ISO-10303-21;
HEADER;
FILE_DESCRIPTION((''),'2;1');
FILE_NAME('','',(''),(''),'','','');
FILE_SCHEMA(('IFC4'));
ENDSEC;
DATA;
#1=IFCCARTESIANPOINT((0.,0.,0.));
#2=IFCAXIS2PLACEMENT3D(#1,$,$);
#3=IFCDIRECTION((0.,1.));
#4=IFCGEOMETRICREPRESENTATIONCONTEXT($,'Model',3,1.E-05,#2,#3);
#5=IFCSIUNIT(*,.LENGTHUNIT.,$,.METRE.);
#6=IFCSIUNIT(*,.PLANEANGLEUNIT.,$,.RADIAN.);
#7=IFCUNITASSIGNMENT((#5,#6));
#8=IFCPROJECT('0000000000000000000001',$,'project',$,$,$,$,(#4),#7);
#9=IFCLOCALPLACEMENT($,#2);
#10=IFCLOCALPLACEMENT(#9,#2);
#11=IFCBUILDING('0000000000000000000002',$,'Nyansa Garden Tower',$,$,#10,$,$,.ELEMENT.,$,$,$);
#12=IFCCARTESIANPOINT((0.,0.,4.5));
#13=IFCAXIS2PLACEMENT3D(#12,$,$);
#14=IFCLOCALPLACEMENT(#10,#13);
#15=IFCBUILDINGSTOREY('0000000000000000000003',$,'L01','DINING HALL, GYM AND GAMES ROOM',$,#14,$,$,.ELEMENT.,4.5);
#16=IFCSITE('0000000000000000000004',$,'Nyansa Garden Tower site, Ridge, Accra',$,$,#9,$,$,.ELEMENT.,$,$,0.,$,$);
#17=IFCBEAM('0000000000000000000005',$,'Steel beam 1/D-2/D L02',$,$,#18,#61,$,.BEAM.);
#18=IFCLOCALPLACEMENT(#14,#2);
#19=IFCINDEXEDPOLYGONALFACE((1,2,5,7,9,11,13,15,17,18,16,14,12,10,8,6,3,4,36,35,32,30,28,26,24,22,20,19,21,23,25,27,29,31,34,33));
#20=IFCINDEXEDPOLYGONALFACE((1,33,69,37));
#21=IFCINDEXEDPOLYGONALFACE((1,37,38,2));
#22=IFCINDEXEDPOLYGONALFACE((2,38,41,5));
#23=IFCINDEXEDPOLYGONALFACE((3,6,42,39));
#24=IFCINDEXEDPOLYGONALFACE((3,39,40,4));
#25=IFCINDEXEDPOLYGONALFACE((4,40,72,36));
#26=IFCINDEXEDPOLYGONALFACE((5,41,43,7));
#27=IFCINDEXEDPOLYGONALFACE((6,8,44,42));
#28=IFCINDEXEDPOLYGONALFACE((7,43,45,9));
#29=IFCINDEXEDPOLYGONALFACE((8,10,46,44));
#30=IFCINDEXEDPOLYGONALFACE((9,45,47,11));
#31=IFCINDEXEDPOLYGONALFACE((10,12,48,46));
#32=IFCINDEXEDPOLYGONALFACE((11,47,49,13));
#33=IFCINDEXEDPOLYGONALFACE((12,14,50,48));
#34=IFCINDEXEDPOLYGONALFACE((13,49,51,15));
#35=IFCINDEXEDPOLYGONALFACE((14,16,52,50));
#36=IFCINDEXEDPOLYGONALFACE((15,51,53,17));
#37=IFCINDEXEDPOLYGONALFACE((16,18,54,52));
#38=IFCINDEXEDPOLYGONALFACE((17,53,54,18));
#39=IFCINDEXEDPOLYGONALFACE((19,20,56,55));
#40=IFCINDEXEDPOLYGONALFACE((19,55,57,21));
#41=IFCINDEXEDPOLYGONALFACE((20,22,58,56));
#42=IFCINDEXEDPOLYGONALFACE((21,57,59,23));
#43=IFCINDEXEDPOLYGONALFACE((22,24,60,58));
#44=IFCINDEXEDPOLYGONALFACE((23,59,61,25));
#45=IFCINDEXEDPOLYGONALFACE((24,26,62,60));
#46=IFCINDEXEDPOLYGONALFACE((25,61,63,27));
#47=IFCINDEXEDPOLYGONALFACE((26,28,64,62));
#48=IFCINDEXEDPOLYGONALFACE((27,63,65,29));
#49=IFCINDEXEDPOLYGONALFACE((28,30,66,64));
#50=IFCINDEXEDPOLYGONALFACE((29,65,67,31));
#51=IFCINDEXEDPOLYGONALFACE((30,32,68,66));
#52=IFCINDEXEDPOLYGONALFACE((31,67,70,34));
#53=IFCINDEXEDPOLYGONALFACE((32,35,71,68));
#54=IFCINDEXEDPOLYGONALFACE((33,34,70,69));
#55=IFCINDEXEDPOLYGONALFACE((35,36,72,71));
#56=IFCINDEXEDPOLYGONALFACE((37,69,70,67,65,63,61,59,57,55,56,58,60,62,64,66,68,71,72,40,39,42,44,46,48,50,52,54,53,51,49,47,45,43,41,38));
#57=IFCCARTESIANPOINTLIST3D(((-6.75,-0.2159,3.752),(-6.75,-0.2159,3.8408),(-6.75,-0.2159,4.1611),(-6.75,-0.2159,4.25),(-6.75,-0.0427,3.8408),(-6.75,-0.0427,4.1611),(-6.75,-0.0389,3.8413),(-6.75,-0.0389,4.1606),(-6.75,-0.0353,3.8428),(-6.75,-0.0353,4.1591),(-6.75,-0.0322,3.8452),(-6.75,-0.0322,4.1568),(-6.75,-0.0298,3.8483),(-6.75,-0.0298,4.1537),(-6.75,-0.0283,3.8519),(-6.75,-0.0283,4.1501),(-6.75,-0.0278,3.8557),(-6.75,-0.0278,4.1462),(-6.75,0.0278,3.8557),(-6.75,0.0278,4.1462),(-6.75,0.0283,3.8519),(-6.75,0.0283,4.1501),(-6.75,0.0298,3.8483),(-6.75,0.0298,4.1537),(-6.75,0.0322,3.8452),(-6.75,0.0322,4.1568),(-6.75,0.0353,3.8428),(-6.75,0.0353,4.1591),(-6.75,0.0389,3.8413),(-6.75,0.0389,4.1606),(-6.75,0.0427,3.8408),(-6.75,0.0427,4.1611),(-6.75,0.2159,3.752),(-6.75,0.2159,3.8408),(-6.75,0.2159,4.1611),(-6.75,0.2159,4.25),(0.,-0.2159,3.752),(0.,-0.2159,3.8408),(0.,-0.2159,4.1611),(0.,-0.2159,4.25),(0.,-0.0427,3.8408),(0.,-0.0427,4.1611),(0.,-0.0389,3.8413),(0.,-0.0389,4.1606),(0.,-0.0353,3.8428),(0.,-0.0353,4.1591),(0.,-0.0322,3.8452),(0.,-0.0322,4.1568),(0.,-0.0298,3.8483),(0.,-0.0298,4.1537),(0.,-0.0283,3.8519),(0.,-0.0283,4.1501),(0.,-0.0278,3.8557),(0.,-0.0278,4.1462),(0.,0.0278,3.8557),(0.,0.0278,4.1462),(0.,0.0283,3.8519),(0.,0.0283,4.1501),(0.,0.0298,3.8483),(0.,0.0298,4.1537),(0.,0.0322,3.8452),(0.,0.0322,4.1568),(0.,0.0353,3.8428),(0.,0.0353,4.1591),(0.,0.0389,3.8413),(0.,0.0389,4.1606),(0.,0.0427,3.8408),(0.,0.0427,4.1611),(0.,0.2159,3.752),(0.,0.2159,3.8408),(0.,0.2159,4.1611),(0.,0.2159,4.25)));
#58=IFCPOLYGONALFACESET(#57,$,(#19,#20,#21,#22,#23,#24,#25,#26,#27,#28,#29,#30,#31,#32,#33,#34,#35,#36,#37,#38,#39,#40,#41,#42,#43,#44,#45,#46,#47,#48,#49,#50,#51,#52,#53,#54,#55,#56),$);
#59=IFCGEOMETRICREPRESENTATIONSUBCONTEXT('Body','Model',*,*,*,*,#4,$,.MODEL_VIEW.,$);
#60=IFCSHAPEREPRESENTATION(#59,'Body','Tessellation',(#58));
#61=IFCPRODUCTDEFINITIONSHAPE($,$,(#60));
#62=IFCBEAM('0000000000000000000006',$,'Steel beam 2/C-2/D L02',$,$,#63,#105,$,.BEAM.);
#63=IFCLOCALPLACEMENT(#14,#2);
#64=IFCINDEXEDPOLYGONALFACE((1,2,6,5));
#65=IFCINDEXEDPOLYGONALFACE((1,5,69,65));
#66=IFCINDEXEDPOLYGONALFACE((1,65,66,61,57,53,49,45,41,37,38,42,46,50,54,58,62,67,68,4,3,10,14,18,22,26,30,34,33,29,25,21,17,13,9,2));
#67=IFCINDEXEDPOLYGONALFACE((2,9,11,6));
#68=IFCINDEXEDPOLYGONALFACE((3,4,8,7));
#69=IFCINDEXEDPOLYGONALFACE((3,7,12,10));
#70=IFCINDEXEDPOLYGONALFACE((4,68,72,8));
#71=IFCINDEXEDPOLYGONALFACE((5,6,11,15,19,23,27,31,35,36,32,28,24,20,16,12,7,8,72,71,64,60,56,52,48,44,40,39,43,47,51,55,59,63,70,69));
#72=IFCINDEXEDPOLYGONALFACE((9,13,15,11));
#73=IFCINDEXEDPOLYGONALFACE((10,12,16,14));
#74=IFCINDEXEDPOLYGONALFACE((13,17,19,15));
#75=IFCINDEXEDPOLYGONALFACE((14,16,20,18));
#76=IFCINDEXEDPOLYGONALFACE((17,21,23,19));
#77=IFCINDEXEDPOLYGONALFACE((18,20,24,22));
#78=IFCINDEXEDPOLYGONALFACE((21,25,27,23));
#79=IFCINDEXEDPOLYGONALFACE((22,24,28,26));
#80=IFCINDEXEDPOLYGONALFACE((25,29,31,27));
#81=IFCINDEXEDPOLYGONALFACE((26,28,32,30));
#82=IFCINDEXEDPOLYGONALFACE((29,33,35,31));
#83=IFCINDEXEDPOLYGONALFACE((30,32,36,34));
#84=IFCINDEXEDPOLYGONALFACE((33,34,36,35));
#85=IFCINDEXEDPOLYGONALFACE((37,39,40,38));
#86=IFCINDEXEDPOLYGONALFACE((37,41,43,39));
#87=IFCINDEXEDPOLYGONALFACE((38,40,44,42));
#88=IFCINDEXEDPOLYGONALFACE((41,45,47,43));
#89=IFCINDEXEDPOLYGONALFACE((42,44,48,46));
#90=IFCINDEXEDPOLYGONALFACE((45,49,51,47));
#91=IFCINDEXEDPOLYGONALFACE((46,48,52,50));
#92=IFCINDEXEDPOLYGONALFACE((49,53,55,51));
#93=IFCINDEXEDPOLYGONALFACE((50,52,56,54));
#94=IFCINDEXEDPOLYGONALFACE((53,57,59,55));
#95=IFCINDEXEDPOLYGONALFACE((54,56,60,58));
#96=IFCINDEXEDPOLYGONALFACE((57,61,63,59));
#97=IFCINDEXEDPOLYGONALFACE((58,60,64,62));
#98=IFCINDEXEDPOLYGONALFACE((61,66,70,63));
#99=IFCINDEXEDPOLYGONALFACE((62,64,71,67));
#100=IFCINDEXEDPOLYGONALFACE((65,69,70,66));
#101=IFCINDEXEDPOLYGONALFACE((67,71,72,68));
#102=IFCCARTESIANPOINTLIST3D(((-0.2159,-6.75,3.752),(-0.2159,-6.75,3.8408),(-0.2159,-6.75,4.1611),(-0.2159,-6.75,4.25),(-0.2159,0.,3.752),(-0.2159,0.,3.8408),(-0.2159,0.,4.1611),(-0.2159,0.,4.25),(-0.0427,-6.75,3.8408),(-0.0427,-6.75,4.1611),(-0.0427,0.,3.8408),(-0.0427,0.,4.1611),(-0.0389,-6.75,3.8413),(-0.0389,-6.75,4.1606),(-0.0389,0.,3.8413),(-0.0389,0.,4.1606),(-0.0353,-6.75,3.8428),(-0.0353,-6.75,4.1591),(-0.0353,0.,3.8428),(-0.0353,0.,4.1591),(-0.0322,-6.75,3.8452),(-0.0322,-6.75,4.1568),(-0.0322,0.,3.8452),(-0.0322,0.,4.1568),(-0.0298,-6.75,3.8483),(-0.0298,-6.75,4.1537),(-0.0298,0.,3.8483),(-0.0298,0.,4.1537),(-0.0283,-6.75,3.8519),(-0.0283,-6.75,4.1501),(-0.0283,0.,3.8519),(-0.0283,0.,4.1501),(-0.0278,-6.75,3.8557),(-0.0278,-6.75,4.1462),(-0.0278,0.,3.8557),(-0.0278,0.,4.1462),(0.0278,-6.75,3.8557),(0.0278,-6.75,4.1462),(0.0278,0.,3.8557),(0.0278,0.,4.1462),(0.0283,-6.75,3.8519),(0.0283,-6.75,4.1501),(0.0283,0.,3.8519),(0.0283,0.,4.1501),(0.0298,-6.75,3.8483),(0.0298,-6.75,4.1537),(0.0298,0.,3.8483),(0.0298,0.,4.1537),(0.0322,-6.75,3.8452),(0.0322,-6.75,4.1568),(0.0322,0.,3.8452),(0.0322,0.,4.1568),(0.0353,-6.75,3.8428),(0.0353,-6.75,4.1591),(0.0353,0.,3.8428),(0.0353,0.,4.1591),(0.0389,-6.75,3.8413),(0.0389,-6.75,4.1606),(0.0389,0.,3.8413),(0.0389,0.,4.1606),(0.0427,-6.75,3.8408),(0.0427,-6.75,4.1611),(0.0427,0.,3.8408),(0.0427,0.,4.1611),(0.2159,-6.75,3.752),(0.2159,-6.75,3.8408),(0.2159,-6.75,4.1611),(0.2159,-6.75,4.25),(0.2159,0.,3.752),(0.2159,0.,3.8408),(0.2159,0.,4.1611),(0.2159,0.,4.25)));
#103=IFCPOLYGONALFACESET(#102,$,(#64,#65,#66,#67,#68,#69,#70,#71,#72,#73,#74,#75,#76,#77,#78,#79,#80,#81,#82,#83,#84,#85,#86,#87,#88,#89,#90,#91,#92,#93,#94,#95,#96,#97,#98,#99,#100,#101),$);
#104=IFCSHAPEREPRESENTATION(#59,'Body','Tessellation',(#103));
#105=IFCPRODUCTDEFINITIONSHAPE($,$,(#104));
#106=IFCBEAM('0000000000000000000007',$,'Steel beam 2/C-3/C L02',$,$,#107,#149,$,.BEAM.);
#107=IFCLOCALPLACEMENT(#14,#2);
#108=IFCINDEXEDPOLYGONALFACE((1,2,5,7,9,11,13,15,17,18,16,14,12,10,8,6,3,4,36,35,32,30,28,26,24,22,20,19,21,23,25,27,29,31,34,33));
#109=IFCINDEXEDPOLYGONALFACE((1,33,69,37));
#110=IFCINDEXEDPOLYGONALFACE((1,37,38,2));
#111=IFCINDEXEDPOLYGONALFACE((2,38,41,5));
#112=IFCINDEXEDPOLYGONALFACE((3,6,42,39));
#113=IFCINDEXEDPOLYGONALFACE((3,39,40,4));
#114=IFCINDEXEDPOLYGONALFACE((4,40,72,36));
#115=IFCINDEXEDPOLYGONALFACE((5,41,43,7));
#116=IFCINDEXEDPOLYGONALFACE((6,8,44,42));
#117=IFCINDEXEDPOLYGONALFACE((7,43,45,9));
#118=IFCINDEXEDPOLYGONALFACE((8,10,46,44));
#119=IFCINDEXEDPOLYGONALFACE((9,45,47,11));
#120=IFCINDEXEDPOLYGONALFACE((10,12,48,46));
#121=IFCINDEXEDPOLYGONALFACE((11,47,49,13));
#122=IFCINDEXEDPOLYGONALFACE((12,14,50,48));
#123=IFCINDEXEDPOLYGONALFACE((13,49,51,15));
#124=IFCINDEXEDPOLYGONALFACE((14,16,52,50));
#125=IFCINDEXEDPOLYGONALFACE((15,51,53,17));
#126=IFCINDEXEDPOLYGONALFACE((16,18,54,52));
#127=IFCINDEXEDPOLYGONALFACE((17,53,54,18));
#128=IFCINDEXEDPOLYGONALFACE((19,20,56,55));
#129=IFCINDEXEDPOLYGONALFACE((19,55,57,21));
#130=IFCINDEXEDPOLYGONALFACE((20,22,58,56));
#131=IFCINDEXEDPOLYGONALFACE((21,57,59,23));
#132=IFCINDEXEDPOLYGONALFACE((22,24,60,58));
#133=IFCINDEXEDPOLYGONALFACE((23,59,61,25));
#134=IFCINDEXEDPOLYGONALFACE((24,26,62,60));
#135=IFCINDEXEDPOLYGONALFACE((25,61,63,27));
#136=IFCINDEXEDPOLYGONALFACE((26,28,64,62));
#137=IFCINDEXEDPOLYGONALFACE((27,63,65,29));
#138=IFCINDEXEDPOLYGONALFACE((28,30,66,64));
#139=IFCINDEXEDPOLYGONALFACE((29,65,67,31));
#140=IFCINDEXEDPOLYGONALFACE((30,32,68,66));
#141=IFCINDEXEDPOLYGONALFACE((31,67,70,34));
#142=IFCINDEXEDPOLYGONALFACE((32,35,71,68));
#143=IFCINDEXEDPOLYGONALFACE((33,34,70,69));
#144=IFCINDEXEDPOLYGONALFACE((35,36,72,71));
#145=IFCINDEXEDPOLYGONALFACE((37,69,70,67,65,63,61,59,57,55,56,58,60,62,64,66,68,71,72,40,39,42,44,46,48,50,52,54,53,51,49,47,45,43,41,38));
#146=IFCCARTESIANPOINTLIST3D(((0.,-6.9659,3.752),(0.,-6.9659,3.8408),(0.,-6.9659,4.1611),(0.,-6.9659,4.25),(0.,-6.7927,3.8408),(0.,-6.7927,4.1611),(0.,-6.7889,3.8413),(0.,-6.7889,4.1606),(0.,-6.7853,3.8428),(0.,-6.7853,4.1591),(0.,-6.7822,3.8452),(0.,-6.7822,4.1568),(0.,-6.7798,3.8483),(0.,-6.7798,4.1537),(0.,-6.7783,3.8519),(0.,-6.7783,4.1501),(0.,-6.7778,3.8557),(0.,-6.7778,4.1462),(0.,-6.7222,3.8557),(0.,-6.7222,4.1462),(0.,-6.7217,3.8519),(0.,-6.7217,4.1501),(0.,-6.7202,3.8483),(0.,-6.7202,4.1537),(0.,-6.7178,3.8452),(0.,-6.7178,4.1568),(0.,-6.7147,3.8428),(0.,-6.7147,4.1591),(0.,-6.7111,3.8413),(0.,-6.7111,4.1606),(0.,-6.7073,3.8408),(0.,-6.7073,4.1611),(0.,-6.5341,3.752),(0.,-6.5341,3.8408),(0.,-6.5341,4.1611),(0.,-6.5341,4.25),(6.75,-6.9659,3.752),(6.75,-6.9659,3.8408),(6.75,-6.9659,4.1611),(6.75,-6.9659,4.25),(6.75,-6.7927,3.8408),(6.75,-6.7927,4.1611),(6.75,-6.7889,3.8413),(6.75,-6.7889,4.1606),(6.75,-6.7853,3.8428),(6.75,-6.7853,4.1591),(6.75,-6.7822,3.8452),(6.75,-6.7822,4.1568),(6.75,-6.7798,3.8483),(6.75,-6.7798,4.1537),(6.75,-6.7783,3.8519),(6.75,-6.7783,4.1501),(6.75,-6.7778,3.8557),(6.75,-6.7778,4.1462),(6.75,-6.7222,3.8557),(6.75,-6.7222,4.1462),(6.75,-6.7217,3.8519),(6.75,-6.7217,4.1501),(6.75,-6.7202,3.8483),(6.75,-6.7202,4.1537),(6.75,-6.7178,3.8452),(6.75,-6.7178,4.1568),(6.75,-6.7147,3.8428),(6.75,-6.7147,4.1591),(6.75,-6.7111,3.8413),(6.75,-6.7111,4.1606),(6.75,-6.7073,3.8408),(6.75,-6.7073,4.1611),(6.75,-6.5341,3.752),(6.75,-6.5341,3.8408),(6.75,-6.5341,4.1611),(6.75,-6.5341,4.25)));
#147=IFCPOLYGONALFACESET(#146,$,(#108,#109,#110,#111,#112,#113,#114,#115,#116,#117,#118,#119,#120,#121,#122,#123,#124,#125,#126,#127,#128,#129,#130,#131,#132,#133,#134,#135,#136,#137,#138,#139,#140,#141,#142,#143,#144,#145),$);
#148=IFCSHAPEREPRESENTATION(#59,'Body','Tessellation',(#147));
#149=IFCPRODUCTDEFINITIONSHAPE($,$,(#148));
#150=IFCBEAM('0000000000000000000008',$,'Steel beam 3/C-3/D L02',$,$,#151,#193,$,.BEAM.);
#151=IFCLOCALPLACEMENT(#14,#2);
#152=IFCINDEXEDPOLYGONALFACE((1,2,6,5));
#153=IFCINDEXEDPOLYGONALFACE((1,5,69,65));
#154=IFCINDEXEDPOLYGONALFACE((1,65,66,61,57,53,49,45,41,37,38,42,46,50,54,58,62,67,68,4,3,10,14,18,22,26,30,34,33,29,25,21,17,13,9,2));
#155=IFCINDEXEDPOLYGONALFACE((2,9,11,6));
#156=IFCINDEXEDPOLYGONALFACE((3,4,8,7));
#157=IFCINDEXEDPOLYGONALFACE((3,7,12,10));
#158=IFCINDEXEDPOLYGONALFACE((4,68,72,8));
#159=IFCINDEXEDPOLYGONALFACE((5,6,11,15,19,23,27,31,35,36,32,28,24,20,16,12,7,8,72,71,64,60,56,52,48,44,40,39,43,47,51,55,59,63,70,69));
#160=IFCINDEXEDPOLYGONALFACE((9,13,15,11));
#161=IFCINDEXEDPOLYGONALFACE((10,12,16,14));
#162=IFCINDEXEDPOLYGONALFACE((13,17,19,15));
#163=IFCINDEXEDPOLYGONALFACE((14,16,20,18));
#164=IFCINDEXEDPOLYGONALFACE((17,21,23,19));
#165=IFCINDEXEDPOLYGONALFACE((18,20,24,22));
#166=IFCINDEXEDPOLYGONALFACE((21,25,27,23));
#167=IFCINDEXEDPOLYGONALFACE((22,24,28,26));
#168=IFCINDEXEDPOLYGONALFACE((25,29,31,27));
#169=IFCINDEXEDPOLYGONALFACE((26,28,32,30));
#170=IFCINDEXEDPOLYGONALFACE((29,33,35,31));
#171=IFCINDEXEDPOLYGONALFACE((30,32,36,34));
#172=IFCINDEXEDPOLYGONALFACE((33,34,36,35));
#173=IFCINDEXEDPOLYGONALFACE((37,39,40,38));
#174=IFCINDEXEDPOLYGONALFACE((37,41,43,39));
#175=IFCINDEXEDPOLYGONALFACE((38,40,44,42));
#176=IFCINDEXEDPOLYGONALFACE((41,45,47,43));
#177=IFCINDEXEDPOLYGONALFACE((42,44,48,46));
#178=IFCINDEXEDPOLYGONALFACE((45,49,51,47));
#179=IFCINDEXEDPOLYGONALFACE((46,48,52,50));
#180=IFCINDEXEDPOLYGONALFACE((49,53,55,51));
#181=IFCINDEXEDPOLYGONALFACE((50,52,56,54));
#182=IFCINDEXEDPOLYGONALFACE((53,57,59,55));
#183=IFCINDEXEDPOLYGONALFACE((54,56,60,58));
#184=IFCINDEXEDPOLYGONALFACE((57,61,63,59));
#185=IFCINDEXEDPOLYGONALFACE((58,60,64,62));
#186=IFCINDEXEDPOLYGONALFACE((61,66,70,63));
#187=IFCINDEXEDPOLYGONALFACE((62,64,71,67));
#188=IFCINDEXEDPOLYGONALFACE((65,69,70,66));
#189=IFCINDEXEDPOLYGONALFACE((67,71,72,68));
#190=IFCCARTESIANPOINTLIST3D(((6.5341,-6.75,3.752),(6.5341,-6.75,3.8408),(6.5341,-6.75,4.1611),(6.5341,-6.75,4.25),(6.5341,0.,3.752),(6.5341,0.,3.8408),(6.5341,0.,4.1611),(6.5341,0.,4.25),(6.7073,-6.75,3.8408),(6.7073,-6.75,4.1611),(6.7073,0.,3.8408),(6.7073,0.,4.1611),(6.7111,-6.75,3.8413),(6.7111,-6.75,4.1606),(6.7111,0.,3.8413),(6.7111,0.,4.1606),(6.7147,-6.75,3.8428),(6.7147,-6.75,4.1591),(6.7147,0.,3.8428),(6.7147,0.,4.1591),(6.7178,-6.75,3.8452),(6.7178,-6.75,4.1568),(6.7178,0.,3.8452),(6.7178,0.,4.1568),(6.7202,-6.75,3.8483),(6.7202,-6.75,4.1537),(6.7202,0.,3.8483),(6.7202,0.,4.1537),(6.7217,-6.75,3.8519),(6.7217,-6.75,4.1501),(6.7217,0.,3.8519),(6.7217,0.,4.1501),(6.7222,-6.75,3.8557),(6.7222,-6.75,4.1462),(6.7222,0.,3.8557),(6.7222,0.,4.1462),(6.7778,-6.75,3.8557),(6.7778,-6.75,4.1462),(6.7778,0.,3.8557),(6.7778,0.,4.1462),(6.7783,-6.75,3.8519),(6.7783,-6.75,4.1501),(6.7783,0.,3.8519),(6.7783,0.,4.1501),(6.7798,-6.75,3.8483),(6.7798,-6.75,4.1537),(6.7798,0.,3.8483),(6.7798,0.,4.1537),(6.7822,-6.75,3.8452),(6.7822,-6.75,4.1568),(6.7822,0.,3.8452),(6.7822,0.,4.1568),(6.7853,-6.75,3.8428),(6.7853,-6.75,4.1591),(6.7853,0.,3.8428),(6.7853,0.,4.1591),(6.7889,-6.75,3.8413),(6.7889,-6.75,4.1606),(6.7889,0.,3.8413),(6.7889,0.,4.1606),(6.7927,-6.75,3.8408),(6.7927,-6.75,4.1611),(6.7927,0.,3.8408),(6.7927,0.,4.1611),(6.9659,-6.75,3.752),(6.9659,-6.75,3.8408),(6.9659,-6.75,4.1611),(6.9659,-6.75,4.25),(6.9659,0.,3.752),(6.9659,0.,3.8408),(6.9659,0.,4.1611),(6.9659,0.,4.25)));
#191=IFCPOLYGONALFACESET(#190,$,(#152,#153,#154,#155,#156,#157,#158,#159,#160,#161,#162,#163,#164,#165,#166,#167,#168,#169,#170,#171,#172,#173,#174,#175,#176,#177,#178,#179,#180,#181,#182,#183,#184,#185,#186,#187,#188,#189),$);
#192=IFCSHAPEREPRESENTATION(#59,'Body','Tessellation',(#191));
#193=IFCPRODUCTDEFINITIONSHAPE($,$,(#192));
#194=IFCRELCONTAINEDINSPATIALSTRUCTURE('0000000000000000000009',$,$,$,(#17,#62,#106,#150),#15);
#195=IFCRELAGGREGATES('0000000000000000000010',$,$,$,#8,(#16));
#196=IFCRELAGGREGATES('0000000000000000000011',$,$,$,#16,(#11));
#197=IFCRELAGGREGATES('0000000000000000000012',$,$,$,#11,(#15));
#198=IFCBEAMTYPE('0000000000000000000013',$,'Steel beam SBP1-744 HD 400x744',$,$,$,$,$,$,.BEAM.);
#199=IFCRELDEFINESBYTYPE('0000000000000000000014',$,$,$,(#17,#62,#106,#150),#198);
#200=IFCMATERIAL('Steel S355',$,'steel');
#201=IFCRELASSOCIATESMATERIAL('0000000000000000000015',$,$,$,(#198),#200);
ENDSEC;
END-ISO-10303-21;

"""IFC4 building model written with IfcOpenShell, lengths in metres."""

from ifc_helpers import new_model, si_unit, direction, frame, origin, origin_2d, place, context, subcontext, project, spatial, i_section, extrude, material, material_profile, profile_set, type_object, element, save


model = new_model("IFC4")

# Units and contexts
model_context = context("Model", 3, precision=1e-05, world=origin(), true_north=direction((0.0, 1.0)))
body_context = subcontext(model_context, "Body", "Model", "MODEL_VIEW")
ifc_project = project(units=[si_unit("LENGTHUNIT", "METRE"), si_unit("PLANEANGLEUNIT", "RADIAN")], contexts=[model_context])

# Site, building, storey
site_placement = place(None, origin())
site = spatial("IfcSite", under=ifc_project, at=site_placement, Name="Nyansa Garden Tower site, Ridge, Accra", CompositionType="ELEMENT", RefElevation=0.0)
building_placement = place(site_placement, origin())
building = spatial("IfcBuilding", under=site, at=building_placement, Name="Nyansa Garden Tower", CompositionType="ELEMENT")
storey_placement = place(building_placement, frame((0.0, 0.0, 4.5)))
storey = spatial("IfcBuildingStorey", under=building, at=storey_placement, Name="L01", Description="DINING HALL, GYM AND GAMES ROOM", CompositionType="ELEMENT", Elevation=4.5)

# Beams
ifc_material_1 = material(Name="Steel S355", Category="steel")
ifc_material_profile_1 = material_profile(ifc_material_1, i_section(OverallWidth=0.4319, OverallDepth=0.498, WebThickness=0.0557, FlangeThickness=0.0889, FilletRadius=0.0149, at=origin_2d()), Name="HD 400x744")
ifc_profile_set_1 = profile_set([ifc_material_profile_1], Name="Steel S355")
beam_type_1 = type_object("IfcBeamType", Name="Steel beam SBP1-744 HD 400x744", PredefinedType="BEAM", material=ifc_profile_set_1)
for number, where, z_axis, x_axis, name in (
    (1, (-6.75, 0.0, 4.001), (1.0, 0.0, 0.0), (0.0, 1.0, 0.0), "Steel beam 1/D-2/D L02"),
    (2, (0.0, -6.75, 4.001), (0.0, 1.0, 0.0), (-1.0, 0.0, 0.0), "Steel beam 2/C-2/D L02"),
    (3, (0.0, -6.75, 4.001), (1.0, 0.0, 0.0), (0.0, 1.0, 0.0), "Steel beam 2/C-3/C L02"),
    (4, (6.75, -6.75, 4.001), (0.0, 1.0, 0.0), (-1.0, 0.0, 0.0), "Steel beam 3/C-3/D L02"),
):
    element("IfcBeam", number, at=place(storey_placement, frame(where, z_axis=z_axis, x_axis=x_axis)), inside=storey, type_object=beam_type_1, Name=name, PredefinedType="BEAM", context=body_context, shape_type="SweptSolid", body=[
        extrude(i_section(OverallWidth=0.4319, OverallDepth=0.498, WebThickness=0.0557, FlangeThickness=0.0889, FilletRadius=0.0149, at=origin_2d()), origin(), (0.0, 0.0, 1.0), 6.75),
    ])

save(model, "model.ifc")
